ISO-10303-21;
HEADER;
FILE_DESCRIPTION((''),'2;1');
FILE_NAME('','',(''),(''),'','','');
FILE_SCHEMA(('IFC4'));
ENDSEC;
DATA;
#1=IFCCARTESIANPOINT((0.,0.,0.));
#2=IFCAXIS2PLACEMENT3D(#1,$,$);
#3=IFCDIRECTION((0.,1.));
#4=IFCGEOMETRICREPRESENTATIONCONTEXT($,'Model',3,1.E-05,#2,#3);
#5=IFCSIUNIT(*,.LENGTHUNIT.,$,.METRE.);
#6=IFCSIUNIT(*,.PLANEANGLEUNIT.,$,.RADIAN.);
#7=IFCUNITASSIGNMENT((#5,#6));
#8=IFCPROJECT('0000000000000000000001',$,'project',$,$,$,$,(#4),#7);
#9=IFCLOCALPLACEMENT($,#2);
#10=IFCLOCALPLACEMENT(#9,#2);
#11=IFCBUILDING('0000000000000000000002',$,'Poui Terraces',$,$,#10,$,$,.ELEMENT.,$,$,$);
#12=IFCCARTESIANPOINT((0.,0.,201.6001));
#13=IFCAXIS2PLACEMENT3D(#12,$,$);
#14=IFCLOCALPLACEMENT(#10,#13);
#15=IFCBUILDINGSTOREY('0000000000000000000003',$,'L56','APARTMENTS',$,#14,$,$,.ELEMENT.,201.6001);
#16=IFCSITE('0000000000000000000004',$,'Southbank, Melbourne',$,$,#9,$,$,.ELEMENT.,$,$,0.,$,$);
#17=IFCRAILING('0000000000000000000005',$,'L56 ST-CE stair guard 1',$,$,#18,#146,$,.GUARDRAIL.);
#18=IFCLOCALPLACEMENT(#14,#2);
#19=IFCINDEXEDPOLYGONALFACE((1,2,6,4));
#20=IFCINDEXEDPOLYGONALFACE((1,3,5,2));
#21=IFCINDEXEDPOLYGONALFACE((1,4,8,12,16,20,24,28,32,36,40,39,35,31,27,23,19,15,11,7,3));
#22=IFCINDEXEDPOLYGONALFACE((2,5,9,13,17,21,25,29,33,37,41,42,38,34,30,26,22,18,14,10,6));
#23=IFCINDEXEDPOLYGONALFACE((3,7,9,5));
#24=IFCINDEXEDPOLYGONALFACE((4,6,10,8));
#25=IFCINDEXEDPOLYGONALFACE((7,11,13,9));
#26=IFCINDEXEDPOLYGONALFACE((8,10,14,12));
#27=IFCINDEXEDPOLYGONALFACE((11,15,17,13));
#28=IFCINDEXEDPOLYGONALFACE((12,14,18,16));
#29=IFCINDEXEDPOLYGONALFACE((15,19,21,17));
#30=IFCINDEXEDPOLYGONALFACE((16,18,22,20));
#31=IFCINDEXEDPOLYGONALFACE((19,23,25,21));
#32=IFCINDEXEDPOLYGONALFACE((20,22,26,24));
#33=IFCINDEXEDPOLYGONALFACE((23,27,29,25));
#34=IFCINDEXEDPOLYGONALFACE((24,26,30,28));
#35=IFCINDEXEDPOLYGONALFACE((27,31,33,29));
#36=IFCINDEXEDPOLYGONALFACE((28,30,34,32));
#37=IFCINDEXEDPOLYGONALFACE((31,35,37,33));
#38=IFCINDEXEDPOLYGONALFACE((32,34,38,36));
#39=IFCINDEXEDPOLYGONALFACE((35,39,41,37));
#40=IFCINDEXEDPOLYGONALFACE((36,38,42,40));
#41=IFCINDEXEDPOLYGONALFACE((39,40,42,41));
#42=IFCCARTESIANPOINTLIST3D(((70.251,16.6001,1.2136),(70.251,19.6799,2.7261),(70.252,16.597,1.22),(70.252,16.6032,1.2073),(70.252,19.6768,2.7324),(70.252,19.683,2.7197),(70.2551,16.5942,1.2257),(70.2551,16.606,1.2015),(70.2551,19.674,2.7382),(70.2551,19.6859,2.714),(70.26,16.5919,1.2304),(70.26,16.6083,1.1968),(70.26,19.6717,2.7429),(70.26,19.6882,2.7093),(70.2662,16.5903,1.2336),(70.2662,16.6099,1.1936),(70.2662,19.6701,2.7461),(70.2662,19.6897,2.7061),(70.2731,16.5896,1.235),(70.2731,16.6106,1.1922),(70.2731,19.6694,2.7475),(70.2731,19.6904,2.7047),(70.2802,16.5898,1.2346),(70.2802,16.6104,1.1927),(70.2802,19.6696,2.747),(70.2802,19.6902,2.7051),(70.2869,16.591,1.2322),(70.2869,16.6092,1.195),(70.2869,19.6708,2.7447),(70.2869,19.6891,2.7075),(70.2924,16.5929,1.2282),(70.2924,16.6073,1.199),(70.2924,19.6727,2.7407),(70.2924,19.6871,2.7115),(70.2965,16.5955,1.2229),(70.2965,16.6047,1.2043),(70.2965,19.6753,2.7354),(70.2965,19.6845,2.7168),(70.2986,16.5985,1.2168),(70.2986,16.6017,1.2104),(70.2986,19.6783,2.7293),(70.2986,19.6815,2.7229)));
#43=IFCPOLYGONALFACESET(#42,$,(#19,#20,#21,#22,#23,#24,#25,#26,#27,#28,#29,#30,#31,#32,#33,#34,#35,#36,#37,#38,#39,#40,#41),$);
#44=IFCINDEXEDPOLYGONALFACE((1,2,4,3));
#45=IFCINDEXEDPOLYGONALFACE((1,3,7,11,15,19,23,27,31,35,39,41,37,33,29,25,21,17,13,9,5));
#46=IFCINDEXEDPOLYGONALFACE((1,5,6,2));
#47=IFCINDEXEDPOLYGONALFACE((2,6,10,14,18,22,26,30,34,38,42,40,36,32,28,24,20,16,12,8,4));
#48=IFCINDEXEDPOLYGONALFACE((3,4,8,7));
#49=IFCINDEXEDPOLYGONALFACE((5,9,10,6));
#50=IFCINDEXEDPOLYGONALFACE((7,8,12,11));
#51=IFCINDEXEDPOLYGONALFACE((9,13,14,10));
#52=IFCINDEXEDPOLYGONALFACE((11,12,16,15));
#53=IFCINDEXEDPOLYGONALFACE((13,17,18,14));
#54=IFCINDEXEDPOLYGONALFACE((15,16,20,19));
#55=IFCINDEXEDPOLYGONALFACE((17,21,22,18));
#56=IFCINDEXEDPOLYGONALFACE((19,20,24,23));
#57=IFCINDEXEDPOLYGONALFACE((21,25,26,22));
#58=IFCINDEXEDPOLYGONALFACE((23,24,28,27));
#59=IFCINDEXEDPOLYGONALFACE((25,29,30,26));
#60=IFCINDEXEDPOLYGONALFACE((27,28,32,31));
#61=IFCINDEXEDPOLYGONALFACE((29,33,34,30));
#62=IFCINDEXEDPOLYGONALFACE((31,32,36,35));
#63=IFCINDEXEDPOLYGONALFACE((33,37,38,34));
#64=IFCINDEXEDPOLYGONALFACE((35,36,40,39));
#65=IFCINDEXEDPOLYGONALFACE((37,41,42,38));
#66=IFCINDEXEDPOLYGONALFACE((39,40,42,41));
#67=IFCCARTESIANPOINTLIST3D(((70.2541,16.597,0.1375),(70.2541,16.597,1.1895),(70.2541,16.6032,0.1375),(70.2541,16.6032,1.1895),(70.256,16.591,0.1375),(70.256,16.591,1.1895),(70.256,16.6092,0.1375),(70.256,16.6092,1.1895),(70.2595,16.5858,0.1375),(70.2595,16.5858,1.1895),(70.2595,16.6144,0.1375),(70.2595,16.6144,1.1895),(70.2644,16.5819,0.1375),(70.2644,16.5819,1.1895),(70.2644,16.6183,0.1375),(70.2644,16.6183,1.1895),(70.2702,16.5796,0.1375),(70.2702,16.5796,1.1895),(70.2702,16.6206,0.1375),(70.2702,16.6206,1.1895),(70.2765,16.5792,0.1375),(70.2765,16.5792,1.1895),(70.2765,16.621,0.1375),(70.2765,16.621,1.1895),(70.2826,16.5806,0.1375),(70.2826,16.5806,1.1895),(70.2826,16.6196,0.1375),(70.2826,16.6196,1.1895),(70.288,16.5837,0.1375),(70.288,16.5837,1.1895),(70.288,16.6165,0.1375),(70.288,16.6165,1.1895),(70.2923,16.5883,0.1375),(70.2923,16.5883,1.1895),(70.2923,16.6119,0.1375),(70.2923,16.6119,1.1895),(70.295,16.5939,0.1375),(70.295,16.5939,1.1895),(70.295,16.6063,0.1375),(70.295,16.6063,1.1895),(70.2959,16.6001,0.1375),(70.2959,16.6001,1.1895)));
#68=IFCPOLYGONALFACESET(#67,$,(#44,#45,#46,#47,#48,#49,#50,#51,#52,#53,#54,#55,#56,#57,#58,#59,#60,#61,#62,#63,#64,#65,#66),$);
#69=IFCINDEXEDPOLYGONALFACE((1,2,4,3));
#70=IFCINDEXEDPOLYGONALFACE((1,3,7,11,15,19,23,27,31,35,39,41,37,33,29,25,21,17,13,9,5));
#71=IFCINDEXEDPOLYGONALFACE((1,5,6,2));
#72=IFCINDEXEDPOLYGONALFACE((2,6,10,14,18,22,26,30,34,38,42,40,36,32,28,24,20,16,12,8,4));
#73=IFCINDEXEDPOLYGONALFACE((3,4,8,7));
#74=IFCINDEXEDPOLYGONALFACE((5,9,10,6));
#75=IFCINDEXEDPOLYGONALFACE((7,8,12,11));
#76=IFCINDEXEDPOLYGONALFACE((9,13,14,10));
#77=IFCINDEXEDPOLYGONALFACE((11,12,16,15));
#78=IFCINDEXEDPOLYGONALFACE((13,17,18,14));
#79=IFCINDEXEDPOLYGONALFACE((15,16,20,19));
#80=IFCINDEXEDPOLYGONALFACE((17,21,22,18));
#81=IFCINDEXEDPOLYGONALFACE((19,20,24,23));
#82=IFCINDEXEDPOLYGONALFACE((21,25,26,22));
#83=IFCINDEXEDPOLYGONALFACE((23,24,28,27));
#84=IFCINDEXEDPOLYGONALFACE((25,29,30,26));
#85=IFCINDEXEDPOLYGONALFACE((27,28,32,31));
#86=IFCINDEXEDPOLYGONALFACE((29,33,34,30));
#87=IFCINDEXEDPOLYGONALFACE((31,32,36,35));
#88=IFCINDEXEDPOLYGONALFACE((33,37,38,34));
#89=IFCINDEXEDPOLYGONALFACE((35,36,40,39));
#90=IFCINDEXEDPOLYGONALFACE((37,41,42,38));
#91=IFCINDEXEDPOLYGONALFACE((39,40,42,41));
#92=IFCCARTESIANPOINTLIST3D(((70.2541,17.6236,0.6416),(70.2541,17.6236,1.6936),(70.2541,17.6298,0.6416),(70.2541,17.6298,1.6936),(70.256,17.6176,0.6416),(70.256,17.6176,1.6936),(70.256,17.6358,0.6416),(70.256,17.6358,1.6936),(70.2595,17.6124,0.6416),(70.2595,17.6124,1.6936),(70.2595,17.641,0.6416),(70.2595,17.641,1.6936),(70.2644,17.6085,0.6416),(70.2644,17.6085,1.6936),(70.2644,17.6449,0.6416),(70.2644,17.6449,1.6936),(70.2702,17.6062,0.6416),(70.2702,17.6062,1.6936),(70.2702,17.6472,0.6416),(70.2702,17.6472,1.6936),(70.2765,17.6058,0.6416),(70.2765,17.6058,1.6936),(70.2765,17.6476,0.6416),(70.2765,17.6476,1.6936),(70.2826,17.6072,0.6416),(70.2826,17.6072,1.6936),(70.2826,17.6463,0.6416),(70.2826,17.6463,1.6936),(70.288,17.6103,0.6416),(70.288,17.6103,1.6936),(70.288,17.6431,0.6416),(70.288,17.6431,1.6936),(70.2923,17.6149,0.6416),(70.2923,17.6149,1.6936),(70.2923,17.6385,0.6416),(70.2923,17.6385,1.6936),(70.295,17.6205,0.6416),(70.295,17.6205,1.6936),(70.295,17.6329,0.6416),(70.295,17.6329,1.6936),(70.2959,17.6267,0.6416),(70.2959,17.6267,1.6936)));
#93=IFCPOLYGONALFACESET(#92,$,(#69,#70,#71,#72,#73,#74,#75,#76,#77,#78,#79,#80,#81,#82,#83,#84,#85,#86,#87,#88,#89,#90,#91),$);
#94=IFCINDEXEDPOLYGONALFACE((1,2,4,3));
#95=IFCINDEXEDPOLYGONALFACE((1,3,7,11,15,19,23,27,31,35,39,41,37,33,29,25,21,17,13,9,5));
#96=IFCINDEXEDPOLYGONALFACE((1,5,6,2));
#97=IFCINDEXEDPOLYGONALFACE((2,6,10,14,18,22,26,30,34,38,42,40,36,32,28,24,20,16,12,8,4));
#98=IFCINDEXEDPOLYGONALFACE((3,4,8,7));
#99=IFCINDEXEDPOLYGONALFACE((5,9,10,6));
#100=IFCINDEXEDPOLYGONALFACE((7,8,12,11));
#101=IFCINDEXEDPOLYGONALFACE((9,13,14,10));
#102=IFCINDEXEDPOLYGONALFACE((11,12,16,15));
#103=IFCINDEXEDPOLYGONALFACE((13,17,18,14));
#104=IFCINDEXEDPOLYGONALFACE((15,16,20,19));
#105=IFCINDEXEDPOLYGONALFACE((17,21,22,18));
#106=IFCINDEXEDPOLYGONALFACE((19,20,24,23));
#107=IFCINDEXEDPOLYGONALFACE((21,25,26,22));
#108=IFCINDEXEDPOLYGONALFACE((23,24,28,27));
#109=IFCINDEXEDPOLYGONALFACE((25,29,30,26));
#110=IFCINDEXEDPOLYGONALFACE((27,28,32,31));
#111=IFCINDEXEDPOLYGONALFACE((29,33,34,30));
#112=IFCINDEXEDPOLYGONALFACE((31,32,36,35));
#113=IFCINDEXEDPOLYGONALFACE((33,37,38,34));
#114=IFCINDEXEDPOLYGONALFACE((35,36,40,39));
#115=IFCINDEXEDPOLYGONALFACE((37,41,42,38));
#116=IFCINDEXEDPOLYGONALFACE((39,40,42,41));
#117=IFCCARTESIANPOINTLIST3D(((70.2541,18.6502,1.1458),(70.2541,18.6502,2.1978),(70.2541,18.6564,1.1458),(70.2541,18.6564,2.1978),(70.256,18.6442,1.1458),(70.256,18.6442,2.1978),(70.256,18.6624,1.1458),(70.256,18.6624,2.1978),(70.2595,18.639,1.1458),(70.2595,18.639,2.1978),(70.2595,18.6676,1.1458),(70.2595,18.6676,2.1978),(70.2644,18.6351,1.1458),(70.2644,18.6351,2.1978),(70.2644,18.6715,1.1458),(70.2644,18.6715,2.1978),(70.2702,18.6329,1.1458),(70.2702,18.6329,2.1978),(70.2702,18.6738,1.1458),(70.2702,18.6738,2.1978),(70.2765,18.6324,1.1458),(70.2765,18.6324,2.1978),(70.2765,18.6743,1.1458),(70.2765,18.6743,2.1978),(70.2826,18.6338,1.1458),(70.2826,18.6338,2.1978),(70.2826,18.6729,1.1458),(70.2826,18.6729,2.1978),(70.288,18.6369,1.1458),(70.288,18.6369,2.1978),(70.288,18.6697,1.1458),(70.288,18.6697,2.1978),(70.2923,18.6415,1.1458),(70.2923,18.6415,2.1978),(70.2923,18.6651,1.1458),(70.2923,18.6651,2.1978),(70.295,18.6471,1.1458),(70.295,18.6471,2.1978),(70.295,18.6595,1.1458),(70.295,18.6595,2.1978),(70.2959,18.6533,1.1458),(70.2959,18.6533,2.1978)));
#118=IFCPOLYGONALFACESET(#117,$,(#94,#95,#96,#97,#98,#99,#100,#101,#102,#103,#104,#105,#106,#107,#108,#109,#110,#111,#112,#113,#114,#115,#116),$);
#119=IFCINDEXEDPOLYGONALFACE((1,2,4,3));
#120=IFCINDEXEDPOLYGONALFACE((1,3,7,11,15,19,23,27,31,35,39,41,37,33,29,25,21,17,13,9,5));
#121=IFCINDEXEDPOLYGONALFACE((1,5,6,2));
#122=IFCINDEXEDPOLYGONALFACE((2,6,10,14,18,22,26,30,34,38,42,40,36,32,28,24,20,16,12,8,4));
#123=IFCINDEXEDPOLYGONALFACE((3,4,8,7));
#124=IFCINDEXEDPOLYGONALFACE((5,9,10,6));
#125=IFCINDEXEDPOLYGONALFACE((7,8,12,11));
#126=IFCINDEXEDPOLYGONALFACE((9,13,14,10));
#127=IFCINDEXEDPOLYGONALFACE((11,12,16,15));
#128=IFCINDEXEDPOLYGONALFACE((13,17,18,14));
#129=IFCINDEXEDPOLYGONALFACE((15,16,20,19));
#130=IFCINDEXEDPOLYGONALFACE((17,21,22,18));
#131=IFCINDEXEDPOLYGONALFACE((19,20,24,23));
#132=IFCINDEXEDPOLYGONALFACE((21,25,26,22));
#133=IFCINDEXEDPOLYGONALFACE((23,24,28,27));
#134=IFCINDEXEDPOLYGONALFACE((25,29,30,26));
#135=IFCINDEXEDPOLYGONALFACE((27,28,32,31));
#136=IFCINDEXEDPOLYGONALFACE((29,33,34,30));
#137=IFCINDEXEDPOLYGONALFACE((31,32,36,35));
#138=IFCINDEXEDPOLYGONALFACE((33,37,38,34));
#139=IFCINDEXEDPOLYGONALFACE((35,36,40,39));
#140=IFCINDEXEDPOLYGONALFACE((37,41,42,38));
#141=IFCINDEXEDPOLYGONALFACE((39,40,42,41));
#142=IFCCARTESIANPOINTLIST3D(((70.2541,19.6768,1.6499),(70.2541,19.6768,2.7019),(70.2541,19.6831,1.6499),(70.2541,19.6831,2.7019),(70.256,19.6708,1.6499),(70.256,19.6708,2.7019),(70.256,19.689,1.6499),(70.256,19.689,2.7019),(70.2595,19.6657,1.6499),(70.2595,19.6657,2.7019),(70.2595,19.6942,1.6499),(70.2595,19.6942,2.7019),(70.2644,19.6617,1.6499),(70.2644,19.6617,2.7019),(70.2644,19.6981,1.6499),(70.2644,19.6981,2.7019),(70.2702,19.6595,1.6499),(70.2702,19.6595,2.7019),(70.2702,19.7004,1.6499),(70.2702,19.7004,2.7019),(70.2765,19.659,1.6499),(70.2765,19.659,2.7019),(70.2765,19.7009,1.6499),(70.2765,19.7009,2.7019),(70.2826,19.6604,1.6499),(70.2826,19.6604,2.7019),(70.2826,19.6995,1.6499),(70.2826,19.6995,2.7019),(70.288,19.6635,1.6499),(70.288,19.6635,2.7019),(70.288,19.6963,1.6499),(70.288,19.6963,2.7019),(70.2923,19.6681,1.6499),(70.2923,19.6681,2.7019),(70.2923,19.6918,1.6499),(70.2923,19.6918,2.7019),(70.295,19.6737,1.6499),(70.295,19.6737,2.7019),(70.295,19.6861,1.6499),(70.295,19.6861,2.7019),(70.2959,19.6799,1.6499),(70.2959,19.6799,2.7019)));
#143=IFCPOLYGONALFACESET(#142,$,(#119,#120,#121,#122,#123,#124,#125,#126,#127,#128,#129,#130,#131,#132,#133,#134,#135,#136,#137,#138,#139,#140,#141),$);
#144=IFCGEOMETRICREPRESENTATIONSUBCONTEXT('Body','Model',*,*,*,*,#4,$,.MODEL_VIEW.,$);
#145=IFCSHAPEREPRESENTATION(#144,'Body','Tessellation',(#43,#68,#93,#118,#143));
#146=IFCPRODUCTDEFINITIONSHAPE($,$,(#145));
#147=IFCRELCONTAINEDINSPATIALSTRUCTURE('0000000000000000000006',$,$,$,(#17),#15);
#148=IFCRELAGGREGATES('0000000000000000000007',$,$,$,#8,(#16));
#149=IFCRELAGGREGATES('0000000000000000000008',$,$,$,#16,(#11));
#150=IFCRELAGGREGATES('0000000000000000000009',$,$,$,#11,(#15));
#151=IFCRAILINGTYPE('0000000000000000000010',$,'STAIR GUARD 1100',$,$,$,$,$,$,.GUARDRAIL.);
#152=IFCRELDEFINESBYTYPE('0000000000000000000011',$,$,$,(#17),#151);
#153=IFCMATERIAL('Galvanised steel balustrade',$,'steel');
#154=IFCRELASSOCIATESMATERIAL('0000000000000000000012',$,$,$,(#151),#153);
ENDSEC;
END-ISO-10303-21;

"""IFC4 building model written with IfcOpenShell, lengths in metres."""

from ifc_helpers import new_model, si_unit, direction, frame, origin, origin_2d, place, context, subcontext, project, spatial, circle, extrude, material, type_object, element, save


model = new_model("IFC4")

# Units and contexts
model_context = context("Model", 3, precision=1e-05, world=origin(), true_north=direction((0.0, 1.0)))
body_context = subcontext(model_context, "Body", "Model", "MODEL_VIEW")
ifc_project = project(units=[si_unit("LENGTHUNIT", "METRE"), si_unit("PLANEANGLEUNIT", "RADIAN")], contexts=[model_context])

# Site, building, storey
site_placement = place(None, origin())
site = spatial("IfcSite", under=ifc_project, at=site_placement, Name="Southbank, Melbourne", CompositionType="ELEMENT", RefElevation=0.0)
building_placement = place(site_placement, origin())
building = spatial("IfcBuilding", under=site, at=building_placement, Name="Poui Terraces", CompositionType="ELEMENT")
storey_placement = place(building_placement, frame((0.0, 0.0, 201.6001)))
storey = spatial("IfcBuildingStorey", under=building, at=storey_placement, Name="L56", Description="APARTMENTS", CompositionType="ELEMENT", Elevation=201.6001)

# Railing
ifc_material_1 = material(Name="Galvanised steel balustrade", Category="steel")
railing_type_1 = type_object("IfcRailingType", Name="STAIR GUARD 1100", PredefinedType="GUARDRAIL", material=ifc_material_1)
railing_1_placement = place(storey_placement, frame((70.2749, 16.6001, 0.1375)))
element("IfcRailing", 1, at=railing_1_placement, inside=storey, type_object=railing_type_1, Name="L56 ST-CE stair guard 1", PredefinedType="GUARDRAIL", context=body_context, shape_type="SweptSolid", body=[
    extrude(circle(Radius=0.0239, at=origin_2d()), frame((0.0, 0.0, 1.0762), z_axis=(0.0, 0.897606, 0.440798), x_axis=(-1.0, 0.0, 0.0)), (0.0, 0.0, 1.0), 3.4312),
    extrude(circle(Radius=0.021, at=origin_2d()), origin(), (0.0, 0.0, 1.0), 1.052),
    extrude(circle(Radius=0.021, at=origin_2d()), frame((0.0, 1.0266, 0.5042)), (0.0, 0.0, 1.0), 1.052),
    extrude(circle(Radius=0.021, at=origin_2d()), frame((0.0, 2.0532, 1.0083)), (0.0, 0.0, 1.0), 1.052),
    extrude(circle(Radius=0.021, at=origin_2d()), frame((0.0, 3.0798, 1.5125)), (0.0, 0.0, 1.0), 1.052),
])

save(model, "model.ifc")
